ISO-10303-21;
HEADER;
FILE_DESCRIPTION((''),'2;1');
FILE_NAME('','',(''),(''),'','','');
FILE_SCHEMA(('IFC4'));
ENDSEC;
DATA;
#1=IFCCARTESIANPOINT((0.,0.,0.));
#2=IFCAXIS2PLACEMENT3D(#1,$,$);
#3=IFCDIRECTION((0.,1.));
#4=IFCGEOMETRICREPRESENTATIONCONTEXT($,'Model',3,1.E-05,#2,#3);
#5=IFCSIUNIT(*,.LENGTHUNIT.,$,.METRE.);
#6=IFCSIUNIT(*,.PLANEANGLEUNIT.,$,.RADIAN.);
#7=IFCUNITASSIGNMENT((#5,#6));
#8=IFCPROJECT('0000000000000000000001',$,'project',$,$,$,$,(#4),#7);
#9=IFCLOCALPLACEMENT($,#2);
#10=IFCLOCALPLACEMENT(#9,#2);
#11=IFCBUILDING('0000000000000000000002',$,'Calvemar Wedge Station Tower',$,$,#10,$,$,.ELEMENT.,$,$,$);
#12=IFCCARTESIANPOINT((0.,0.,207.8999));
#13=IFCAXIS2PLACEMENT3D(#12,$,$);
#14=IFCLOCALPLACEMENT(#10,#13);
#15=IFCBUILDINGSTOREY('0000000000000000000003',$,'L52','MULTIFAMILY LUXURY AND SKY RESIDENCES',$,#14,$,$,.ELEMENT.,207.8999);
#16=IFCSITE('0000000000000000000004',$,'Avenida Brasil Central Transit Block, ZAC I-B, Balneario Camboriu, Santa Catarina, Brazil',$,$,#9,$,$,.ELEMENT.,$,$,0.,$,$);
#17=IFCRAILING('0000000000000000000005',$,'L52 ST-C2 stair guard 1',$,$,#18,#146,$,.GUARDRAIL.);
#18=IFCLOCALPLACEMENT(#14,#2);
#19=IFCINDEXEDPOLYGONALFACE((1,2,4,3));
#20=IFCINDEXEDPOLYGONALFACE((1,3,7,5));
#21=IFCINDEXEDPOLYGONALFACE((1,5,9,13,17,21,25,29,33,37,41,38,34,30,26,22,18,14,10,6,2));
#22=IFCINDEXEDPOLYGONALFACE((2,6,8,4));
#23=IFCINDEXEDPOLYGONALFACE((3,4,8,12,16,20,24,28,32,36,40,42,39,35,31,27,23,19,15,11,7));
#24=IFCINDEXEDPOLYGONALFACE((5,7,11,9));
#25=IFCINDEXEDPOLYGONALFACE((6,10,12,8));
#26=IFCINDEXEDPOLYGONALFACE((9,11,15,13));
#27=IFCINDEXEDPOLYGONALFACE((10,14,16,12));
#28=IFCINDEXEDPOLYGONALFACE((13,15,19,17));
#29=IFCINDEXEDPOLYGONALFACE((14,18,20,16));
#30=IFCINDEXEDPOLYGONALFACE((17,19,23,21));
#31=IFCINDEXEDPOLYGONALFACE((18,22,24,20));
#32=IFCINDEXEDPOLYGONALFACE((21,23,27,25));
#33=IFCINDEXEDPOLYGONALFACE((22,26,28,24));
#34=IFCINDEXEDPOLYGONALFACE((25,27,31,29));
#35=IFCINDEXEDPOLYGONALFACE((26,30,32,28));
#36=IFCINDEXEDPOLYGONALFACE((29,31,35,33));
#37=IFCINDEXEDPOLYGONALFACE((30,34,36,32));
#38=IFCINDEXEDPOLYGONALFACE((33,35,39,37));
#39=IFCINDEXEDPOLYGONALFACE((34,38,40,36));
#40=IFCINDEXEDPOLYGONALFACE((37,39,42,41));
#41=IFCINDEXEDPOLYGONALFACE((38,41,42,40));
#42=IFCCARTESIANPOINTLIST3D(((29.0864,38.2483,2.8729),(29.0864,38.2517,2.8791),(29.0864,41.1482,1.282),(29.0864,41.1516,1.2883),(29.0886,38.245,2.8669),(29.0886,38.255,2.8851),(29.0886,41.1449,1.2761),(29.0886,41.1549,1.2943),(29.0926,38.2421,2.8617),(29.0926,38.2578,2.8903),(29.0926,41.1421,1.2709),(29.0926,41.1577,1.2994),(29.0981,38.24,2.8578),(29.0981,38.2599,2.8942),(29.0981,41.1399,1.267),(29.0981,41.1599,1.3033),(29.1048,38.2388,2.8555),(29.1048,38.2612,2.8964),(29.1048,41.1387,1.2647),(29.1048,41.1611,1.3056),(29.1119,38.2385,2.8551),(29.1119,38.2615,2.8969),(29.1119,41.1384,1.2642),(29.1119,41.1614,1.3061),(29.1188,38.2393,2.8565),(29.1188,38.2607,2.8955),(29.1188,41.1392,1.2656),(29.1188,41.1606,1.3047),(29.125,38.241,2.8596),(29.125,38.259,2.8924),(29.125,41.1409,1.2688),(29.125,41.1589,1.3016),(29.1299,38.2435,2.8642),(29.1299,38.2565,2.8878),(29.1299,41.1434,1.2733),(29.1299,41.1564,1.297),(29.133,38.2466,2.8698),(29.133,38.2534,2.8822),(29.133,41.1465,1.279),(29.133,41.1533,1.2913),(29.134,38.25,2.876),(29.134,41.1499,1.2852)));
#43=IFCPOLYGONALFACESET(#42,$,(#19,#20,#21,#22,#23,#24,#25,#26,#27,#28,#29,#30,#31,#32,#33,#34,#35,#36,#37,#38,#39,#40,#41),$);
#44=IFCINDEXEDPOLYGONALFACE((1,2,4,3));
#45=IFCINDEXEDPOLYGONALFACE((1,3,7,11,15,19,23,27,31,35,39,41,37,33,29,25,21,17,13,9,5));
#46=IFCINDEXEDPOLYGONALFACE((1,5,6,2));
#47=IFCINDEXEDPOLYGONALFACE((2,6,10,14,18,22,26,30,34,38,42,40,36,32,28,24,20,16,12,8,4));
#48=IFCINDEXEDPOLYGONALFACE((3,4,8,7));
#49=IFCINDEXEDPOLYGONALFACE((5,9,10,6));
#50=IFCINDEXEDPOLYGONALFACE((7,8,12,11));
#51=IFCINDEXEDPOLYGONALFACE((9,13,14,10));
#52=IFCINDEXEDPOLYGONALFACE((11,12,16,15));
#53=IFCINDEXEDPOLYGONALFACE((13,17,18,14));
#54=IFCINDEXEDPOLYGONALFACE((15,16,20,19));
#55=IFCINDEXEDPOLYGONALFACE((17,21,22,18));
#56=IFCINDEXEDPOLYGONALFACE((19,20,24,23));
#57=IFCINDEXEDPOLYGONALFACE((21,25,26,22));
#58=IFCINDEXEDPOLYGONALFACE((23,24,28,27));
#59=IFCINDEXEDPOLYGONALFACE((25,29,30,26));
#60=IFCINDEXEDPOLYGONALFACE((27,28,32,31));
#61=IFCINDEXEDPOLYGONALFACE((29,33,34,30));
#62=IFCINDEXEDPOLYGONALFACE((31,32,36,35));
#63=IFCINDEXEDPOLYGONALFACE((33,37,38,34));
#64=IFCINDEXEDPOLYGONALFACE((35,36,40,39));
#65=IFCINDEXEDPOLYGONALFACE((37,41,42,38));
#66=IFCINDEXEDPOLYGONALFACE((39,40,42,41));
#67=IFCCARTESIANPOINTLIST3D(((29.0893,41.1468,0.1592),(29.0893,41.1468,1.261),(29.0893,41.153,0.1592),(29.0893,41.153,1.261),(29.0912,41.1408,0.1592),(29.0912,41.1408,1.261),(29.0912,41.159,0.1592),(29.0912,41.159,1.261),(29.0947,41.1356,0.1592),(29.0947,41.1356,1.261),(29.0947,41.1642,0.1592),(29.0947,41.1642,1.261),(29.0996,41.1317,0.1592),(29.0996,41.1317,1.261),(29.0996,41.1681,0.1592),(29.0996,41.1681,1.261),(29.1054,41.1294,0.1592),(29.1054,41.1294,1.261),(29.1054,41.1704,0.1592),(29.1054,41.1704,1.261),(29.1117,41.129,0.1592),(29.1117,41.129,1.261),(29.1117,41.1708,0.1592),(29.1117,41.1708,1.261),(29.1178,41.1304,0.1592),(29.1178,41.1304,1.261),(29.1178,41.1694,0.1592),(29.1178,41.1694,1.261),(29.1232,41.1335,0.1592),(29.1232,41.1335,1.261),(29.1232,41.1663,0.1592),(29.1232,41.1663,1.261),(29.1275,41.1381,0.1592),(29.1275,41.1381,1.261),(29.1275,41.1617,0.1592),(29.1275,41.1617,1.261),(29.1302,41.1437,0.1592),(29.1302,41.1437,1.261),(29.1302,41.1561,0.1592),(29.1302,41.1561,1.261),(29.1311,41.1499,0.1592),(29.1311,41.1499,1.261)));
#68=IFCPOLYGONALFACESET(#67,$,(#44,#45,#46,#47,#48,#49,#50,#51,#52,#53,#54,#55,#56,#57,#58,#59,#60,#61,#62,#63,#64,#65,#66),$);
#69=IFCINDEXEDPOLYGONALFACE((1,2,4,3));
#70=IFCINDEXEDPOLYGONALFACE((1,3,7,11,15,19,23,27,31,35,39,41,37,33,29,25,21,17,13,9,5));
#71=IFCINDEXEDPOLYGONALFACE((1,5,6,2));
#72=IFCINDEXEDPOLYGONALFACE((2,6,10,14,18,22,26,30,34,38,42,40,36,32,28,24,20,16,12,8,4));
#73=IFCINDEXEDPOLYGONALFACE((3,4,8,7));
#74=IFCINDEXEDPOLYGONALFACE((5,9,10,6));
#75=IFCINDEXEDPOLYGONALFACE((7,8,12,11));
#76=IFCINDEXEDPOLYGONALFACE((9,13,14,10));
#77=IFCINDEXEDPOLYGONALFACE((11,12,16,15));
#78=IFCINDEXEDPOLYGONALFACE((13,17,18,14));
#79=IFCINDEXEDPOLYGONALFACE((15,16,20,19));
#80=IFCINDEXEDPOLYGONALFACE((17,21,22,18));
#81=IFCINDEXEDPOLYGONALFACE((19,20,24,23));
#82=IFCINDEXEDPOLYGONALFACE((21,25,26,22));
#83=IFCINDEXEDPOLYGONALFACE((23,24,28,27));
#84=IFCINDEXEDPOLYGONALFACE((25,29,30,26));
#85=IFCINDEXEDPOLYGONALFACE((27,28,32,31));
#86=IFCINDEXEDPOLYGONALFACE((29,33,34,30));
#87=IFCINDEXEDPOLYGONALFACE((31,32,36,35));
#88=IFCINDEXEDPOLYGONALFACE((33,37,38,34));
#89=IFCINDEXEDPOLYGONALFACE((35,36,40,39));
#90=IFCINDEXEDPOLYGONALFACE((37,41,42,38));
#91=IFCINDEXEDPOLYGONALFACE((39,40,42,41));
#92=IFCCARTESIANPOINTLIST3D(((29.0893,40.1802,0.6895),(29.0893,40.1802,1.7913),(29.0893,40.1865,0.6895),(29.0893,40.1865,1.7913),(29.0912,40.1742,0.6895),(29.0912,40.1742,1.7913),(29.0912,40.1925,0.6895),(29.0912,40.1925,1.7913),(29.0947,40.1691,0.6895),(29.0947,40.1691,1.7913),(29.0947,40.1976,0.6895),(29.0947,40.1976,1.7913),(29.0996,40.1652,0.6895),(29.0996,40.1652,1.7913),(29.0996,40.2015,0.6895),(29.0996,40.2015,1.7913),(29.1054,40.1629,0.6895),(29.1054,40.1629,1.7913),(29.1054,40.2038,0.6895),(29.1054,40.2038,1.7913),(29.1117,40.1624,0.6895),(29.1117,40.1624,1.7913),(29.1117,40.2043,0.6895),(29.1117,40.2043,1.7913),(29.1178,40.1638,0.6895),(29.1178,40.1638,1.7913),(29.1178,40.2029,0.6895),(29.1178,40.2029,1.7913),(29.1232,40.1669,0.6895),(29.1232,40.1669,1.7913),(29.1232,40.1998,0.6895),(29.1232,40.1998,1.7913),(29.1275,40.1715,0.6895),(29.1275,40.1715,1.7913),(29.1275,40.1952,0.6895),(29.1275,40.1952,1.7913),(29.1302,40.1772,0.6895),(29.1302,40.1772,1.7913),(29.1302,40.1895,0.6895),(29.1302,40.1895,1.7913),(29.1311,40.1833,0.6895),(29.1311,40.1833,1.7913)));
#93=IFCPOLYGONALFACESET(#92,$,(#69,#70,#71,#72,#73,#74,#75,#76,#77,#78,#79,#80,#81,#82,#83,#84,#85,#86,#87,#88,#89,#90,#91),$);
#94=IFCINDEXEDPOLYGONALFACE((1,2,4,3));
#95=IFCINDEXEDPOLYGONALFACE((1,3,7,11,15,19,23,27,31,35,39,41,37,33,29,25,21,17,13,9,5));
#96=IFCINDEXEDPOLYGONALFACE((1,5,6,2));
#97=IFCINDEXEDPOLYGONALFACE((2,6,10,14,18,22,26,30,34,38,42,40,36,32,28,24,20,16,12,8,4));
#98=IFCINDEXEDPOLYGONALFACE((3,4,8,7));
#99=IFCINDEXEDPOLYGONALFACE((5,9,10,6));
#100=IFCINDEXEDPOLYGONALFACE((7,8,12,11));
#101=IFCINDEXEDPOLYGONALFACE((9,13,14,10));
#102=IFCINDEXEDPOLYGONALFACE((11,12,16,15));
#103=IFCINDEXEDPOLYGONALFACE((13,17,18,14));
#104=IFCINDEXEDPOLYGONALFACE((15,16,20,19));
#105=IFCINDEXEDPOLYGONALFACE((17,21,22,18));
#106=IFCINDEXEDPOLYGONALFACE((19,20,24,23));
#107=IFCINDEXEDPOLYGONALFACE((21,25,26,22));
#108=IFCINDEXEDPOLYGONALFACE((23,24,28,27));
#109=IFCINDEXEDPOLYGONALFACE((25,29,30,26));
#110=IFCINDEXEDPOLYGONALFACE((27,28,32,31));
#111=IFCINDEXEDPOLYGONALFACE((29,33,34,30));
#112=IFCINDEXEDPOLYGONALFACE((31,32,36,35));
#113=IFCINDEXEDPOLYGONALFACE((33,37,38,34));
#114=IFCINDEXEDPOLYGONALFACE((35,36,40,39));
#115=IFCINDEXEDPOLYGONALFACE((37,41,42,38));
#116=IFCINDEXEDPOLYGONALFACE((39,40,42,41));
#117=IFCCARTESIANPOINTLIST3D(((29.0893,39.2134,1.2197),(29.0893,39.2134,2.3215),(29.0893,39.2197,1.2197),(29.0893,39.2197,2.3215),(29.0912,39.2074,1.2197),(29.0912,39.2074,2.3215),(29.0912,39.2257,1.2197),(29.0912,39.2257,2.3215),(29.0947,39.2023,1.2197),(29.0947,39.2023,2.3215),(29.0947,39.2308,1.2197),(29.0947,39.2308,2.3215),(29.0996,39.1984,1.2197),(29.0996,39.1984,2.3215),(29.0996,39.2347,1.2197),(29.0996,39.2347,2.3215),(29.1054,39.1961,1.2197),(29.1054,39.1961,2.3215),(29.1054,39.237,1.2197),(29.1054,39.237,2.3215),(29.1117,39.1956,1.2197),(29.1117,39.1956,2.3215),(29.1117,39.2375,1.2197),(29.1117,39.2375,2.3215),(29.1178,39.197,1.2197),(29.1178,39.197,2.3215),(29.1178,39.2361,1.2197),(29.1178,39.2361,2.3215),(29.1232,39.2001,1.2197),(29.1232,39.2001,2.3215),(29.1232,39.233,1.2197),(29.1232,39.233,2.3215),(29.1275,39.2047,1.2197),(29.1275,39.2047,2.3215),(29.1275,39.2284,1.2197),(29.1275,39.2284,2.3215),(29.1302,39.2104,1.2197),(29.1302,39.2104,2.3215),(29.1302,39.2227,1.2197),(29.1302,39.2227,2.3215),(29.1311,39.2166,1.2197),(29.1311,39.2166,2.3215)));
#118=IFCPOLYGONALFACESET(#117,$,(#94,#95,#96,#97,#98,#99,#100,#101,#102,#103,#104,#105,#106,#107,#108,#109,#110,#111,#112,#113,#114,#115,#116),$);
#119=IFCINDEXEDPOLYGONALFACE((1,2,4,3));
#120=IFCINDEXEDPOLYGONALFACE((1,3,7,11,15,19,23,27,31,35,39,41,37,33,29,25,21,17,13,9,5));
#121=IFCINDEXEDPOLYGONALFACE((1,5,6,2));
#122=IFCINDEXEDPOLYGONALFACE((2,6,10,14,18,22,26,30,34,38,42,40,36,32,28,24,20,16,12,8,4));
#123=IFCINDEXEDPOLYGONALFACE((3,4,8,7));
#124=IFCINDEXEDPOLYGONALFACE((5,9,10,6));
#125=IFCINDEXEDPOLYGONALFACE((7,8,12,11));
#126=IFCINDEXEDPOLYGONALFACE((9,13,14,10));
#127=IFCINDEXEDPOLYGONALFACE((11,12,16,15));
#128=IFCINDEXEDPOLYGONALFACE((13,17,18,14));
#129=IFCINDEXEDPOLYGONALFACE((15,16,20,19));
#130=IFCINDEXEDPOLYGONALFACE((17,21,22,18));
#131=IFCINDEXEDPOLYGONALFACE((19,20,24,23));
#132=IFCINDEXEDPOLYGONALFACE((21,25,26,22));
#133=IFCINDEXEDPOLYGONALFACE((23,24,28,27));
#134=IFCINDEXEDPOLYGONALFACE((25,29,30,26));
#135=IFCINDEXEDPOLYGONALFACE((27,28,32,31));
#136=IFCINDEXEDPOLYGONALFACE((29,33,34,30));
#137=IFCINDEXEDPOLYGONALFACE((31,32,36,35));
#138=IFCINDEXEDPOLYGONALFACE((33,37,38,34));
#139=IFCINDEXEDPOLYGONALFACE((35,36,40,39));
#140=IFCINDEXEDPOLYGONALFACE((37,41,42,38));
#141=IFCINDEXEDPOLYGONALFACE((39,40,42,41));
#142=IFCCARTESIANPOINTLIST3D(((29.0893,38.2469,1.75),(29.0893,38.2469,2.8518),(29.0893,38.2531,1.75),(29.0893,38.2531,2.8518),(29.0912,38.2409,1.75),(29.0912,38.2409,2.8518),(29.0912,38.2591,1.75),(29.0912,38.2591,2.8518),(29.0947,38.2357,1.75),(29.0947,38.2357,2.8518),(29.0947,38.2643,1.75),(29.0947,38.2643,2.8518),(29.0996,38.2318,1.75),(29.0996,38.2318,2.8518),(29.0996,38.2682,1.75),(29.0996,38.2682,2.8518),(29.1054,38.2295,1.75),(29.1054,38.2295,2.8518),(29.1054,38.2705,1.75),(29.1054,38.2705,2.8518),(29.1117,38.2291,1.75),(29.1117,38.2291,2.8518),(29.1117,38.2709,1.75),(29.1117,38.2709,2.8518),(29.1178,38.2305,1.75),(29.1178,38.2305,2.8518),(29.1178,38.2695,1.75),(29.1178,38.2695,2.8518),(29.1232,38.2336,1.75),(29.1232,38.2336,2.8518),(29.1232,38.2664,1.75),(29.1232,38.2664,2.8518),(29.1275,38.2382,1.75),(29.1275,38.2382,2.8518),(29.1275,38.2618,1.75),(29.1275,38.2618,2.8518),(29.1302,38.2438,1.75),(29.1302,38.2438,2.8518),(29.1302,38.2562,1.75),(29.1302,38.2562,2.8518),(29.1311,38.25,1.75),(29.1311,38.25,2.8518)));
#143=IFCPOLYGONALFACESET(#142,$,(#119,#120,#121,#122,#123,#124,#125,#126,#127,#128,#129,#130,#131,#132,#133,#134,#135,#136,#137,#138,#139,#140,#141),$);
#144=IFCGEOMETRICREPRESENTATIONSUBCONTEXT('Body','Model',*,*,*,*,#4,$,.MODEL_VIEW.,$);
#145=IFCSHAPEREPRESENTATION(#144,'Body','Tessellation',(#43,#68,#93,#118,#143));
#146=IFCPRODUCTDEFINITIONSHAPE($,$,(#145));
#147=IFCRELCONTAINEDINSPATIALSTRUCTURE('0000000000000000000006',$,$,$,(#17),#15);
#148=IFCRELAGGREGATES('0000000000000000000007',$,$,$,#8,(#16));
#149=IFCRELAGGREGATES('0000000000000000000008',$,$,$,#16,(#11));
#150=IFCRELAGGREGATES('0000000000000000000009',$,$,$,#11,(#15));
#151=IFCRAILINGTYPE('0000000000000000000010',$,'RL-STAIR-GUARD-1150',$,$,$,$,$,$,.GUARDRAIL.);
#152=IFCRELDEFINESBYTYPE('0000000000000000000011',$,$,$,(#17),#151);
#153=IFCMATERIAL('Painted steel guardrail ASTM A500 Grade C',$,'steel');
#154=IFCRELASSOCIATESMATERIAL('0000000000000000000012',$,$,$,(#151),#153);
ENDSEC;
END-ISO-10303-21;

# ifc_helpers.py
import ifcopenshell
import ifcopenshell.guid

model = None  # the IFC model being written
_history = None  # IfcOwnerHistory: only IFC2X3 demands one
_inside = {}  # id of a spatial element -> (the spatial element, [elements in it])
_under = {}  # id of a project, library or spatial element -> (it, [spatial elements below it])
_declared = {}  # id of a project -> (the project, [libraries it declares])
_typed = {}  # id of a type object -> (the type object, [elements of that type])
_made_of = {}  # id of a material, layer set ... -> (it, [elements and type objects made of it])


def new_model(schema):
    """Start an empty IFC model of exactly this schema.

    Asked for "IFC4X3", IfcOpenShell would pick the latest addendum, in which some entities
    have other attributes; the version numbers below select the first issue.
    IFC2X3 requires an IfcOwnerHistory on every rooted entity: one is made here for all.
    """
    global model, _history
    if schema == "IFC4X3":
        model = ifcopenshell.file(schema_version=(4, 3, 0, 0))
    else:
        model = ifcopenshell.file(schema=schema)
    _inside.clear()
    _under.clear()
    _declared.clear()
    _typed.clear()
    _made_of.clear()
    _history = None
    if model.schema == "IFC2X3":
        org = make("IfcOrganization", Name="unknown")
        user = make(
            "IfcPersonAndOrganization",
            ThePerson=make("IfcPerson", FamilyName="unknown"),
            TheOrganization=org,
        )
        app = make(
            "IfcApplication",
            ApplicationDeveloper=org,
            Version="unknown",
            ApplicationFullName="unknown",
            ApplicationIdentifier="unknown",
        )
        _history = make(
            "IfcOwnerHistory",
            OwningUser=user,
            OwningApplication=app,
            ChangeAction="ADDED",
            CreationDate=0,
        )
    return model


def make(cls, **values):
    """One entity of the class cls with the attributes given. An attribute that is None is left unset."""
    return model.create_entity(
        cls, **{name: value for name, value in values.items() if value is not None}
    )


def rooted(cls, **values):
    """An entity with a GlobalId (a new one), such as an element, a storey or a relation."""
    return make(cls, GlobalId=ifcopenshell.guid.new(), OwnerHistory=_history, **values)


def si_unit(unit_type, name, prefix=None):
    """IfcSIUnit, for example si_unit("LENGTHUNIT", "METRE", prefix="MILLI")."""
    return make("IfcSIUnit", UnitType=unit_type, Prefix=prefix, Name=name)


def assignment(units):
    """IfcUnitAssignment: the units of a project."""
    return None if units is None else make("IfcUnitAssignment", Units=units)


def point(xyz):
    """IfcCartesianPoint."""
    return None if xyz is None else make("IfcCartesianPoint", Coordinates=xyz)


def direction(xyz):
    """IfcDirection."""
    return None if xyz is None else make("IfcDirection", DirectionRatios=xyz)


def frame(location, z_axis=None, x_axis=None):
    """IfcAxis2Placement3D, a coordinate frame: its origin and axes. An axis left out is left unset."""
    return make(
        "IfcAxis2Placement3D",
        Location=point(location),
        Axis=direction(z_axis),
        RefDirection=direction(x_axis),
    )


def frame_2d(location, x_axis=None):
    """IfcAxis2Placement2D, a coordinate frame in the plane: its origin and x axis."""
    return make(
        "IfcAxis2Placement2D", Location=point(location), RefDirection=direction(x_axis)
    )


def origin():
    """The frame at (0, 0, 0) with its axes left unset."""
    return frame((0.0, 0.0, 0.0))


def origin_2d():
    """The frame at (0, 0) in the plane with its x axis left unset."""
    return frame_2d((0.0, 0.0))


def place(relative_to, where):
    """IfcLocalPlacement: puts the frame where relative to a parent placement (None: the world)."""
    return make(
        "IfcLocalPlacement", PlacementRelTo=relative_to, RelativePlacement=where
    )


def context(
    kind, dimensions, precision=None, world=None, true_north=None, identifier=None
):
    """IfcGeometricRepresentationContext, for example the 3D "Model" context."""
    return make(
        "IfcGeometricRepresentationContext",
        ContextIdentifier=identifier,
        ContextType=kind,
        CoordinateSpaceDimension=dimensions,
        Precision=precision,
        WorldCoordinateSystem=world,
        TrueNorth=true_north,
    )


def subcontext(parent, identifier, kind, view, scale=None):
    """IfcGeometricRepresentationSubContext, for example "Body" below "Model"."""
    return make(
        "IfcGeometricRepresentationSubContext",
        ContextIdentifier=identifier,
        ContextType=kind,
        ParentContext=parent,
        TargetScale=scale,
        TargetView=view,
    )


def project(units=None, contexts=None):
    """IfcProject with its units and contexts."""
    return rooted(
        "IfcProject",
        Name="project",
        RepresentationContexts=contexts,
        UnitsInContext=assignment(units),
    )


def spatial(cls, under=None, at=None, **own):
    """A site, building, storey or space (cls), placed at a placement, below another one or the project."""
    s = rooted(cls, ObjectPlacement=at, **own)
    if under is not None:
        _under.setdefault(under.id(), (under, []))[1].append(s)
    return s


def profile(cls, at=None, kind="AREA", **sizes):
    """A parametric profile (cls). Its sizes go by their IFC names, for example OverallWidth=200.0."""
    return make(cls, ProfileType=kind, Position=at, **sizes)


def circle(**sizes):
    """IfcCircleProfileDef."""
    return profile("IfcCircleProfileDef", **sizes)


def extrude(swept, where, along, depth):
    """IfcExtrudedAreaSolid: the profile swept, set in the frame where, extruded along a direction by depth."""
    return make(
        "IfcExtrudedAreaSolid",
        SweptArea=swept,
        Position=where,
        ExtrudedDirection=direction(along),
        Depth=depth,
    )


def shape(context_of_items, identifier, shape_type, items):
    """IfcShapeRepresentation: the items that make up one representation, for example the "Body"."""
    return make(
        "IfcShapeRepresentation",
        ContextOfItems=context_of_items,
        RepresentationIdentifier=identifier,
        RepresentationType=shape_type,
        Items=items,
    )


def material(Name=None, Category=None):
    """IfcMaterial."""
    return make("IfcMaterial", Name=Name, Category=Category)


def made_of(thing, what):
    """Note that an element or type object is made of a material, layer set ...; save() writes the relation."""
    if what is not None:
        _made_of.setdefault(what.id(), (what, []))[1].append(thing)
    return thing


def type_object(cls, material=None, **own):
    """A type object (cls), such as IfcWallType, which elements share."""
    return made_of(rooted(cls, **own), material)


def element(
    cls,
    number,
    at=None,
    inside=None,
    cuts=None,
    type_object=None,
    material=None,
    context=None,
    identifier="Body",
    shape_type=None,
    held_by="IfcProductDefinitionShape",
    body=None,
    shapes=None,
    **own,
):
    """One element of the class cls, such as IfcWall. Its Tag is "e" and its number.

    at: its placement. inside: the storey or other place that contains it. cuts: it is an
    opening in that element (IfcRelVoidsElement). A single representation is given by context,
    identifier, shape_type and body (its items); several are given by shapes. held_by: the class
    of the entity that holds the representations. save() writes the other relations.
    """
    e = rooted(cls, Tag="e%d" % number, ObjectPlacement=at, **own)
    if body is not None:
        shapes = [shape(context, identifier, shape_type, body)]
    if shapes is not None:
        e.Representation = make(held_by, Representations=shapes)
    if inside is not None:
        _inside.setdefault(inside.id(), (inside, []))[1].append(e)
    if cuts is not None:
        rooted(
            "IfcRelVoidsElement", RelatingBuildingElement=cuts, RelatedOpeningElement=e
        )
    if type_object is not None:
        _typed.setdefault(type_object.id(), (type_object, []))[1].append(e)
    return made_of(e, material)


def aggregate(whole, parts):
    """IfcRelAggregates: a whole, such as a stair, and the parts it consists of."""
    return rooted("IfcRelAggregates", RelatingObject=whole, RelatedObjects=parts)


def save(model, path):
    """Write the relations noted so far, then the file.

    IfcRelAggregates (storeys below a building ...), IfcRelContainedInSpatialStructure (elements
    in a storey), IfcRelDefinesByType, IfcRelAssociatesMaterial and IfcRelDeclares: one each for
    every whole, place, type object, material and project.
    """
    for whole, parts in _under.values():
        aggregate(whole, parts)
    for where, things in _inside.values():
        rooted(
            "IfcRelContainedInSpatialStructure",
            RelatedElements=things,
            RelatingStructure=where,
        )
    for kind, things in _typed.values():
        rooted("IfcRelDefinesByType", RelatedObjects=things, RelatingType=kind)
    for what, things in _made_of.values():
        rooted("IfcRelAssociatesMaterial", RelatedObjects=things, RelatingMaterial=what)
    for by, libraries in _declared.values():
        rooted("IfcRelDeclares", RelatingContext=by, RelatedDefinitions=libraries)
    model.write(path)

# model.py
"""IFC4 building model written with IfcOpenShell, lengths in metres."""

from ifc_helpers import new_model, si_unit, direction, frame, origin, origin_2d, place, context, subcontext, project, spatial, circle, extrude, material, type_object, element, save


model = new_model("IFC4")

# Units and contexts
model_context = context("Model", 3, precision=1e-05, world=origin(), true_north=direction((0.0, 1.0)))
body_context = subcontext(model_context, "Body", "Model", "MODEL_VIEW")
ifc_project = project(units=[si_unit("LENGTHUNIT", "METRE"), si_unit("PLANEANGLEUNIT", "RADIAN")], contexts=[model_context])

# Site, building, storey
site_placement = place(None, origin())
site = spatial("IfcSite", under=ifc_project, at=site_placement, Name="Avenida Brasil Central Transit Block, ZAC I-B, Balneario Camboriu, Santa Catarina, Brazil", CompositionType="ELEMENT", RefElevation=0.0)
building_placement = place(site_placement, origin())
building = spatial("IfcBuilding", under=site, at=building_placement, Name="Calvemar Wedge Station Tower", CompositionType="ELEMENT")
storey_placement = place(building_placement, frame((0.0, 0.0, 207.8999)))
storey = spatial("IfcBuildingStorey", under=building, at=storey_placement, Name="L52", Description="MULTIFAMILY LUXURY AND SKY RESIDENCES", CompositionType="ELEMENT", Elevation=207.8999)

# Railing
ifc_material_1 = material(Name="Painted steel guardrail ASTM A500 Grade C", Category="steel")
railing_type_1 = type_object("IfcRailingType", Name="RL-STAIR-GUARD-1150", PredefinedType="GUARDRAIL", material=ifc_material_1)
railing_1_placement = place(storey_placement, frame((29.1101, 41.1499, 0.1592)))
element("IfcRailing", 1, at=railing_1_placement, inside=storey, type_object=railing_type_1, Name="L52 ST-C2 stair guard 1", PredefinedType="GUARDRAIL", context=body_context, shape_type="SweptSolid", body=[
    extrude(circle(Radius=0.0239, at=origin_2d()), frame((0.0, 0.0, 1.126), z_axis=(0.0, -0.876742, 0.480961), x_axis=(1.0, 0.0, 0.0)), (0.0, 0.0, 1.0), 3.3076),
    extrude(circle(Radius=0.021, at=origin_2d()), origin(), (0.0, 0.0, 1.0), 1.1018),
    extrude(circle(Radius=0.021, at=origin_2d()), frame((0.0, -0.9666, 0.5303)), (0.0, 0.0, 1.0), 1.1018),
    extrude(circle(Radius=0.021, at=origin_2d()), frame((0.0, -1.9333, 1.0605)), (0.0, 0.0, 1.0), 1.1018),
    extrude(circle(Radius=0.021, at=origin_2d()), frame((0.0, -2.8999, 1.5908)), (0.0, 0.0, 1.0), 1.1018),
])

save(model, "model.ifc")
